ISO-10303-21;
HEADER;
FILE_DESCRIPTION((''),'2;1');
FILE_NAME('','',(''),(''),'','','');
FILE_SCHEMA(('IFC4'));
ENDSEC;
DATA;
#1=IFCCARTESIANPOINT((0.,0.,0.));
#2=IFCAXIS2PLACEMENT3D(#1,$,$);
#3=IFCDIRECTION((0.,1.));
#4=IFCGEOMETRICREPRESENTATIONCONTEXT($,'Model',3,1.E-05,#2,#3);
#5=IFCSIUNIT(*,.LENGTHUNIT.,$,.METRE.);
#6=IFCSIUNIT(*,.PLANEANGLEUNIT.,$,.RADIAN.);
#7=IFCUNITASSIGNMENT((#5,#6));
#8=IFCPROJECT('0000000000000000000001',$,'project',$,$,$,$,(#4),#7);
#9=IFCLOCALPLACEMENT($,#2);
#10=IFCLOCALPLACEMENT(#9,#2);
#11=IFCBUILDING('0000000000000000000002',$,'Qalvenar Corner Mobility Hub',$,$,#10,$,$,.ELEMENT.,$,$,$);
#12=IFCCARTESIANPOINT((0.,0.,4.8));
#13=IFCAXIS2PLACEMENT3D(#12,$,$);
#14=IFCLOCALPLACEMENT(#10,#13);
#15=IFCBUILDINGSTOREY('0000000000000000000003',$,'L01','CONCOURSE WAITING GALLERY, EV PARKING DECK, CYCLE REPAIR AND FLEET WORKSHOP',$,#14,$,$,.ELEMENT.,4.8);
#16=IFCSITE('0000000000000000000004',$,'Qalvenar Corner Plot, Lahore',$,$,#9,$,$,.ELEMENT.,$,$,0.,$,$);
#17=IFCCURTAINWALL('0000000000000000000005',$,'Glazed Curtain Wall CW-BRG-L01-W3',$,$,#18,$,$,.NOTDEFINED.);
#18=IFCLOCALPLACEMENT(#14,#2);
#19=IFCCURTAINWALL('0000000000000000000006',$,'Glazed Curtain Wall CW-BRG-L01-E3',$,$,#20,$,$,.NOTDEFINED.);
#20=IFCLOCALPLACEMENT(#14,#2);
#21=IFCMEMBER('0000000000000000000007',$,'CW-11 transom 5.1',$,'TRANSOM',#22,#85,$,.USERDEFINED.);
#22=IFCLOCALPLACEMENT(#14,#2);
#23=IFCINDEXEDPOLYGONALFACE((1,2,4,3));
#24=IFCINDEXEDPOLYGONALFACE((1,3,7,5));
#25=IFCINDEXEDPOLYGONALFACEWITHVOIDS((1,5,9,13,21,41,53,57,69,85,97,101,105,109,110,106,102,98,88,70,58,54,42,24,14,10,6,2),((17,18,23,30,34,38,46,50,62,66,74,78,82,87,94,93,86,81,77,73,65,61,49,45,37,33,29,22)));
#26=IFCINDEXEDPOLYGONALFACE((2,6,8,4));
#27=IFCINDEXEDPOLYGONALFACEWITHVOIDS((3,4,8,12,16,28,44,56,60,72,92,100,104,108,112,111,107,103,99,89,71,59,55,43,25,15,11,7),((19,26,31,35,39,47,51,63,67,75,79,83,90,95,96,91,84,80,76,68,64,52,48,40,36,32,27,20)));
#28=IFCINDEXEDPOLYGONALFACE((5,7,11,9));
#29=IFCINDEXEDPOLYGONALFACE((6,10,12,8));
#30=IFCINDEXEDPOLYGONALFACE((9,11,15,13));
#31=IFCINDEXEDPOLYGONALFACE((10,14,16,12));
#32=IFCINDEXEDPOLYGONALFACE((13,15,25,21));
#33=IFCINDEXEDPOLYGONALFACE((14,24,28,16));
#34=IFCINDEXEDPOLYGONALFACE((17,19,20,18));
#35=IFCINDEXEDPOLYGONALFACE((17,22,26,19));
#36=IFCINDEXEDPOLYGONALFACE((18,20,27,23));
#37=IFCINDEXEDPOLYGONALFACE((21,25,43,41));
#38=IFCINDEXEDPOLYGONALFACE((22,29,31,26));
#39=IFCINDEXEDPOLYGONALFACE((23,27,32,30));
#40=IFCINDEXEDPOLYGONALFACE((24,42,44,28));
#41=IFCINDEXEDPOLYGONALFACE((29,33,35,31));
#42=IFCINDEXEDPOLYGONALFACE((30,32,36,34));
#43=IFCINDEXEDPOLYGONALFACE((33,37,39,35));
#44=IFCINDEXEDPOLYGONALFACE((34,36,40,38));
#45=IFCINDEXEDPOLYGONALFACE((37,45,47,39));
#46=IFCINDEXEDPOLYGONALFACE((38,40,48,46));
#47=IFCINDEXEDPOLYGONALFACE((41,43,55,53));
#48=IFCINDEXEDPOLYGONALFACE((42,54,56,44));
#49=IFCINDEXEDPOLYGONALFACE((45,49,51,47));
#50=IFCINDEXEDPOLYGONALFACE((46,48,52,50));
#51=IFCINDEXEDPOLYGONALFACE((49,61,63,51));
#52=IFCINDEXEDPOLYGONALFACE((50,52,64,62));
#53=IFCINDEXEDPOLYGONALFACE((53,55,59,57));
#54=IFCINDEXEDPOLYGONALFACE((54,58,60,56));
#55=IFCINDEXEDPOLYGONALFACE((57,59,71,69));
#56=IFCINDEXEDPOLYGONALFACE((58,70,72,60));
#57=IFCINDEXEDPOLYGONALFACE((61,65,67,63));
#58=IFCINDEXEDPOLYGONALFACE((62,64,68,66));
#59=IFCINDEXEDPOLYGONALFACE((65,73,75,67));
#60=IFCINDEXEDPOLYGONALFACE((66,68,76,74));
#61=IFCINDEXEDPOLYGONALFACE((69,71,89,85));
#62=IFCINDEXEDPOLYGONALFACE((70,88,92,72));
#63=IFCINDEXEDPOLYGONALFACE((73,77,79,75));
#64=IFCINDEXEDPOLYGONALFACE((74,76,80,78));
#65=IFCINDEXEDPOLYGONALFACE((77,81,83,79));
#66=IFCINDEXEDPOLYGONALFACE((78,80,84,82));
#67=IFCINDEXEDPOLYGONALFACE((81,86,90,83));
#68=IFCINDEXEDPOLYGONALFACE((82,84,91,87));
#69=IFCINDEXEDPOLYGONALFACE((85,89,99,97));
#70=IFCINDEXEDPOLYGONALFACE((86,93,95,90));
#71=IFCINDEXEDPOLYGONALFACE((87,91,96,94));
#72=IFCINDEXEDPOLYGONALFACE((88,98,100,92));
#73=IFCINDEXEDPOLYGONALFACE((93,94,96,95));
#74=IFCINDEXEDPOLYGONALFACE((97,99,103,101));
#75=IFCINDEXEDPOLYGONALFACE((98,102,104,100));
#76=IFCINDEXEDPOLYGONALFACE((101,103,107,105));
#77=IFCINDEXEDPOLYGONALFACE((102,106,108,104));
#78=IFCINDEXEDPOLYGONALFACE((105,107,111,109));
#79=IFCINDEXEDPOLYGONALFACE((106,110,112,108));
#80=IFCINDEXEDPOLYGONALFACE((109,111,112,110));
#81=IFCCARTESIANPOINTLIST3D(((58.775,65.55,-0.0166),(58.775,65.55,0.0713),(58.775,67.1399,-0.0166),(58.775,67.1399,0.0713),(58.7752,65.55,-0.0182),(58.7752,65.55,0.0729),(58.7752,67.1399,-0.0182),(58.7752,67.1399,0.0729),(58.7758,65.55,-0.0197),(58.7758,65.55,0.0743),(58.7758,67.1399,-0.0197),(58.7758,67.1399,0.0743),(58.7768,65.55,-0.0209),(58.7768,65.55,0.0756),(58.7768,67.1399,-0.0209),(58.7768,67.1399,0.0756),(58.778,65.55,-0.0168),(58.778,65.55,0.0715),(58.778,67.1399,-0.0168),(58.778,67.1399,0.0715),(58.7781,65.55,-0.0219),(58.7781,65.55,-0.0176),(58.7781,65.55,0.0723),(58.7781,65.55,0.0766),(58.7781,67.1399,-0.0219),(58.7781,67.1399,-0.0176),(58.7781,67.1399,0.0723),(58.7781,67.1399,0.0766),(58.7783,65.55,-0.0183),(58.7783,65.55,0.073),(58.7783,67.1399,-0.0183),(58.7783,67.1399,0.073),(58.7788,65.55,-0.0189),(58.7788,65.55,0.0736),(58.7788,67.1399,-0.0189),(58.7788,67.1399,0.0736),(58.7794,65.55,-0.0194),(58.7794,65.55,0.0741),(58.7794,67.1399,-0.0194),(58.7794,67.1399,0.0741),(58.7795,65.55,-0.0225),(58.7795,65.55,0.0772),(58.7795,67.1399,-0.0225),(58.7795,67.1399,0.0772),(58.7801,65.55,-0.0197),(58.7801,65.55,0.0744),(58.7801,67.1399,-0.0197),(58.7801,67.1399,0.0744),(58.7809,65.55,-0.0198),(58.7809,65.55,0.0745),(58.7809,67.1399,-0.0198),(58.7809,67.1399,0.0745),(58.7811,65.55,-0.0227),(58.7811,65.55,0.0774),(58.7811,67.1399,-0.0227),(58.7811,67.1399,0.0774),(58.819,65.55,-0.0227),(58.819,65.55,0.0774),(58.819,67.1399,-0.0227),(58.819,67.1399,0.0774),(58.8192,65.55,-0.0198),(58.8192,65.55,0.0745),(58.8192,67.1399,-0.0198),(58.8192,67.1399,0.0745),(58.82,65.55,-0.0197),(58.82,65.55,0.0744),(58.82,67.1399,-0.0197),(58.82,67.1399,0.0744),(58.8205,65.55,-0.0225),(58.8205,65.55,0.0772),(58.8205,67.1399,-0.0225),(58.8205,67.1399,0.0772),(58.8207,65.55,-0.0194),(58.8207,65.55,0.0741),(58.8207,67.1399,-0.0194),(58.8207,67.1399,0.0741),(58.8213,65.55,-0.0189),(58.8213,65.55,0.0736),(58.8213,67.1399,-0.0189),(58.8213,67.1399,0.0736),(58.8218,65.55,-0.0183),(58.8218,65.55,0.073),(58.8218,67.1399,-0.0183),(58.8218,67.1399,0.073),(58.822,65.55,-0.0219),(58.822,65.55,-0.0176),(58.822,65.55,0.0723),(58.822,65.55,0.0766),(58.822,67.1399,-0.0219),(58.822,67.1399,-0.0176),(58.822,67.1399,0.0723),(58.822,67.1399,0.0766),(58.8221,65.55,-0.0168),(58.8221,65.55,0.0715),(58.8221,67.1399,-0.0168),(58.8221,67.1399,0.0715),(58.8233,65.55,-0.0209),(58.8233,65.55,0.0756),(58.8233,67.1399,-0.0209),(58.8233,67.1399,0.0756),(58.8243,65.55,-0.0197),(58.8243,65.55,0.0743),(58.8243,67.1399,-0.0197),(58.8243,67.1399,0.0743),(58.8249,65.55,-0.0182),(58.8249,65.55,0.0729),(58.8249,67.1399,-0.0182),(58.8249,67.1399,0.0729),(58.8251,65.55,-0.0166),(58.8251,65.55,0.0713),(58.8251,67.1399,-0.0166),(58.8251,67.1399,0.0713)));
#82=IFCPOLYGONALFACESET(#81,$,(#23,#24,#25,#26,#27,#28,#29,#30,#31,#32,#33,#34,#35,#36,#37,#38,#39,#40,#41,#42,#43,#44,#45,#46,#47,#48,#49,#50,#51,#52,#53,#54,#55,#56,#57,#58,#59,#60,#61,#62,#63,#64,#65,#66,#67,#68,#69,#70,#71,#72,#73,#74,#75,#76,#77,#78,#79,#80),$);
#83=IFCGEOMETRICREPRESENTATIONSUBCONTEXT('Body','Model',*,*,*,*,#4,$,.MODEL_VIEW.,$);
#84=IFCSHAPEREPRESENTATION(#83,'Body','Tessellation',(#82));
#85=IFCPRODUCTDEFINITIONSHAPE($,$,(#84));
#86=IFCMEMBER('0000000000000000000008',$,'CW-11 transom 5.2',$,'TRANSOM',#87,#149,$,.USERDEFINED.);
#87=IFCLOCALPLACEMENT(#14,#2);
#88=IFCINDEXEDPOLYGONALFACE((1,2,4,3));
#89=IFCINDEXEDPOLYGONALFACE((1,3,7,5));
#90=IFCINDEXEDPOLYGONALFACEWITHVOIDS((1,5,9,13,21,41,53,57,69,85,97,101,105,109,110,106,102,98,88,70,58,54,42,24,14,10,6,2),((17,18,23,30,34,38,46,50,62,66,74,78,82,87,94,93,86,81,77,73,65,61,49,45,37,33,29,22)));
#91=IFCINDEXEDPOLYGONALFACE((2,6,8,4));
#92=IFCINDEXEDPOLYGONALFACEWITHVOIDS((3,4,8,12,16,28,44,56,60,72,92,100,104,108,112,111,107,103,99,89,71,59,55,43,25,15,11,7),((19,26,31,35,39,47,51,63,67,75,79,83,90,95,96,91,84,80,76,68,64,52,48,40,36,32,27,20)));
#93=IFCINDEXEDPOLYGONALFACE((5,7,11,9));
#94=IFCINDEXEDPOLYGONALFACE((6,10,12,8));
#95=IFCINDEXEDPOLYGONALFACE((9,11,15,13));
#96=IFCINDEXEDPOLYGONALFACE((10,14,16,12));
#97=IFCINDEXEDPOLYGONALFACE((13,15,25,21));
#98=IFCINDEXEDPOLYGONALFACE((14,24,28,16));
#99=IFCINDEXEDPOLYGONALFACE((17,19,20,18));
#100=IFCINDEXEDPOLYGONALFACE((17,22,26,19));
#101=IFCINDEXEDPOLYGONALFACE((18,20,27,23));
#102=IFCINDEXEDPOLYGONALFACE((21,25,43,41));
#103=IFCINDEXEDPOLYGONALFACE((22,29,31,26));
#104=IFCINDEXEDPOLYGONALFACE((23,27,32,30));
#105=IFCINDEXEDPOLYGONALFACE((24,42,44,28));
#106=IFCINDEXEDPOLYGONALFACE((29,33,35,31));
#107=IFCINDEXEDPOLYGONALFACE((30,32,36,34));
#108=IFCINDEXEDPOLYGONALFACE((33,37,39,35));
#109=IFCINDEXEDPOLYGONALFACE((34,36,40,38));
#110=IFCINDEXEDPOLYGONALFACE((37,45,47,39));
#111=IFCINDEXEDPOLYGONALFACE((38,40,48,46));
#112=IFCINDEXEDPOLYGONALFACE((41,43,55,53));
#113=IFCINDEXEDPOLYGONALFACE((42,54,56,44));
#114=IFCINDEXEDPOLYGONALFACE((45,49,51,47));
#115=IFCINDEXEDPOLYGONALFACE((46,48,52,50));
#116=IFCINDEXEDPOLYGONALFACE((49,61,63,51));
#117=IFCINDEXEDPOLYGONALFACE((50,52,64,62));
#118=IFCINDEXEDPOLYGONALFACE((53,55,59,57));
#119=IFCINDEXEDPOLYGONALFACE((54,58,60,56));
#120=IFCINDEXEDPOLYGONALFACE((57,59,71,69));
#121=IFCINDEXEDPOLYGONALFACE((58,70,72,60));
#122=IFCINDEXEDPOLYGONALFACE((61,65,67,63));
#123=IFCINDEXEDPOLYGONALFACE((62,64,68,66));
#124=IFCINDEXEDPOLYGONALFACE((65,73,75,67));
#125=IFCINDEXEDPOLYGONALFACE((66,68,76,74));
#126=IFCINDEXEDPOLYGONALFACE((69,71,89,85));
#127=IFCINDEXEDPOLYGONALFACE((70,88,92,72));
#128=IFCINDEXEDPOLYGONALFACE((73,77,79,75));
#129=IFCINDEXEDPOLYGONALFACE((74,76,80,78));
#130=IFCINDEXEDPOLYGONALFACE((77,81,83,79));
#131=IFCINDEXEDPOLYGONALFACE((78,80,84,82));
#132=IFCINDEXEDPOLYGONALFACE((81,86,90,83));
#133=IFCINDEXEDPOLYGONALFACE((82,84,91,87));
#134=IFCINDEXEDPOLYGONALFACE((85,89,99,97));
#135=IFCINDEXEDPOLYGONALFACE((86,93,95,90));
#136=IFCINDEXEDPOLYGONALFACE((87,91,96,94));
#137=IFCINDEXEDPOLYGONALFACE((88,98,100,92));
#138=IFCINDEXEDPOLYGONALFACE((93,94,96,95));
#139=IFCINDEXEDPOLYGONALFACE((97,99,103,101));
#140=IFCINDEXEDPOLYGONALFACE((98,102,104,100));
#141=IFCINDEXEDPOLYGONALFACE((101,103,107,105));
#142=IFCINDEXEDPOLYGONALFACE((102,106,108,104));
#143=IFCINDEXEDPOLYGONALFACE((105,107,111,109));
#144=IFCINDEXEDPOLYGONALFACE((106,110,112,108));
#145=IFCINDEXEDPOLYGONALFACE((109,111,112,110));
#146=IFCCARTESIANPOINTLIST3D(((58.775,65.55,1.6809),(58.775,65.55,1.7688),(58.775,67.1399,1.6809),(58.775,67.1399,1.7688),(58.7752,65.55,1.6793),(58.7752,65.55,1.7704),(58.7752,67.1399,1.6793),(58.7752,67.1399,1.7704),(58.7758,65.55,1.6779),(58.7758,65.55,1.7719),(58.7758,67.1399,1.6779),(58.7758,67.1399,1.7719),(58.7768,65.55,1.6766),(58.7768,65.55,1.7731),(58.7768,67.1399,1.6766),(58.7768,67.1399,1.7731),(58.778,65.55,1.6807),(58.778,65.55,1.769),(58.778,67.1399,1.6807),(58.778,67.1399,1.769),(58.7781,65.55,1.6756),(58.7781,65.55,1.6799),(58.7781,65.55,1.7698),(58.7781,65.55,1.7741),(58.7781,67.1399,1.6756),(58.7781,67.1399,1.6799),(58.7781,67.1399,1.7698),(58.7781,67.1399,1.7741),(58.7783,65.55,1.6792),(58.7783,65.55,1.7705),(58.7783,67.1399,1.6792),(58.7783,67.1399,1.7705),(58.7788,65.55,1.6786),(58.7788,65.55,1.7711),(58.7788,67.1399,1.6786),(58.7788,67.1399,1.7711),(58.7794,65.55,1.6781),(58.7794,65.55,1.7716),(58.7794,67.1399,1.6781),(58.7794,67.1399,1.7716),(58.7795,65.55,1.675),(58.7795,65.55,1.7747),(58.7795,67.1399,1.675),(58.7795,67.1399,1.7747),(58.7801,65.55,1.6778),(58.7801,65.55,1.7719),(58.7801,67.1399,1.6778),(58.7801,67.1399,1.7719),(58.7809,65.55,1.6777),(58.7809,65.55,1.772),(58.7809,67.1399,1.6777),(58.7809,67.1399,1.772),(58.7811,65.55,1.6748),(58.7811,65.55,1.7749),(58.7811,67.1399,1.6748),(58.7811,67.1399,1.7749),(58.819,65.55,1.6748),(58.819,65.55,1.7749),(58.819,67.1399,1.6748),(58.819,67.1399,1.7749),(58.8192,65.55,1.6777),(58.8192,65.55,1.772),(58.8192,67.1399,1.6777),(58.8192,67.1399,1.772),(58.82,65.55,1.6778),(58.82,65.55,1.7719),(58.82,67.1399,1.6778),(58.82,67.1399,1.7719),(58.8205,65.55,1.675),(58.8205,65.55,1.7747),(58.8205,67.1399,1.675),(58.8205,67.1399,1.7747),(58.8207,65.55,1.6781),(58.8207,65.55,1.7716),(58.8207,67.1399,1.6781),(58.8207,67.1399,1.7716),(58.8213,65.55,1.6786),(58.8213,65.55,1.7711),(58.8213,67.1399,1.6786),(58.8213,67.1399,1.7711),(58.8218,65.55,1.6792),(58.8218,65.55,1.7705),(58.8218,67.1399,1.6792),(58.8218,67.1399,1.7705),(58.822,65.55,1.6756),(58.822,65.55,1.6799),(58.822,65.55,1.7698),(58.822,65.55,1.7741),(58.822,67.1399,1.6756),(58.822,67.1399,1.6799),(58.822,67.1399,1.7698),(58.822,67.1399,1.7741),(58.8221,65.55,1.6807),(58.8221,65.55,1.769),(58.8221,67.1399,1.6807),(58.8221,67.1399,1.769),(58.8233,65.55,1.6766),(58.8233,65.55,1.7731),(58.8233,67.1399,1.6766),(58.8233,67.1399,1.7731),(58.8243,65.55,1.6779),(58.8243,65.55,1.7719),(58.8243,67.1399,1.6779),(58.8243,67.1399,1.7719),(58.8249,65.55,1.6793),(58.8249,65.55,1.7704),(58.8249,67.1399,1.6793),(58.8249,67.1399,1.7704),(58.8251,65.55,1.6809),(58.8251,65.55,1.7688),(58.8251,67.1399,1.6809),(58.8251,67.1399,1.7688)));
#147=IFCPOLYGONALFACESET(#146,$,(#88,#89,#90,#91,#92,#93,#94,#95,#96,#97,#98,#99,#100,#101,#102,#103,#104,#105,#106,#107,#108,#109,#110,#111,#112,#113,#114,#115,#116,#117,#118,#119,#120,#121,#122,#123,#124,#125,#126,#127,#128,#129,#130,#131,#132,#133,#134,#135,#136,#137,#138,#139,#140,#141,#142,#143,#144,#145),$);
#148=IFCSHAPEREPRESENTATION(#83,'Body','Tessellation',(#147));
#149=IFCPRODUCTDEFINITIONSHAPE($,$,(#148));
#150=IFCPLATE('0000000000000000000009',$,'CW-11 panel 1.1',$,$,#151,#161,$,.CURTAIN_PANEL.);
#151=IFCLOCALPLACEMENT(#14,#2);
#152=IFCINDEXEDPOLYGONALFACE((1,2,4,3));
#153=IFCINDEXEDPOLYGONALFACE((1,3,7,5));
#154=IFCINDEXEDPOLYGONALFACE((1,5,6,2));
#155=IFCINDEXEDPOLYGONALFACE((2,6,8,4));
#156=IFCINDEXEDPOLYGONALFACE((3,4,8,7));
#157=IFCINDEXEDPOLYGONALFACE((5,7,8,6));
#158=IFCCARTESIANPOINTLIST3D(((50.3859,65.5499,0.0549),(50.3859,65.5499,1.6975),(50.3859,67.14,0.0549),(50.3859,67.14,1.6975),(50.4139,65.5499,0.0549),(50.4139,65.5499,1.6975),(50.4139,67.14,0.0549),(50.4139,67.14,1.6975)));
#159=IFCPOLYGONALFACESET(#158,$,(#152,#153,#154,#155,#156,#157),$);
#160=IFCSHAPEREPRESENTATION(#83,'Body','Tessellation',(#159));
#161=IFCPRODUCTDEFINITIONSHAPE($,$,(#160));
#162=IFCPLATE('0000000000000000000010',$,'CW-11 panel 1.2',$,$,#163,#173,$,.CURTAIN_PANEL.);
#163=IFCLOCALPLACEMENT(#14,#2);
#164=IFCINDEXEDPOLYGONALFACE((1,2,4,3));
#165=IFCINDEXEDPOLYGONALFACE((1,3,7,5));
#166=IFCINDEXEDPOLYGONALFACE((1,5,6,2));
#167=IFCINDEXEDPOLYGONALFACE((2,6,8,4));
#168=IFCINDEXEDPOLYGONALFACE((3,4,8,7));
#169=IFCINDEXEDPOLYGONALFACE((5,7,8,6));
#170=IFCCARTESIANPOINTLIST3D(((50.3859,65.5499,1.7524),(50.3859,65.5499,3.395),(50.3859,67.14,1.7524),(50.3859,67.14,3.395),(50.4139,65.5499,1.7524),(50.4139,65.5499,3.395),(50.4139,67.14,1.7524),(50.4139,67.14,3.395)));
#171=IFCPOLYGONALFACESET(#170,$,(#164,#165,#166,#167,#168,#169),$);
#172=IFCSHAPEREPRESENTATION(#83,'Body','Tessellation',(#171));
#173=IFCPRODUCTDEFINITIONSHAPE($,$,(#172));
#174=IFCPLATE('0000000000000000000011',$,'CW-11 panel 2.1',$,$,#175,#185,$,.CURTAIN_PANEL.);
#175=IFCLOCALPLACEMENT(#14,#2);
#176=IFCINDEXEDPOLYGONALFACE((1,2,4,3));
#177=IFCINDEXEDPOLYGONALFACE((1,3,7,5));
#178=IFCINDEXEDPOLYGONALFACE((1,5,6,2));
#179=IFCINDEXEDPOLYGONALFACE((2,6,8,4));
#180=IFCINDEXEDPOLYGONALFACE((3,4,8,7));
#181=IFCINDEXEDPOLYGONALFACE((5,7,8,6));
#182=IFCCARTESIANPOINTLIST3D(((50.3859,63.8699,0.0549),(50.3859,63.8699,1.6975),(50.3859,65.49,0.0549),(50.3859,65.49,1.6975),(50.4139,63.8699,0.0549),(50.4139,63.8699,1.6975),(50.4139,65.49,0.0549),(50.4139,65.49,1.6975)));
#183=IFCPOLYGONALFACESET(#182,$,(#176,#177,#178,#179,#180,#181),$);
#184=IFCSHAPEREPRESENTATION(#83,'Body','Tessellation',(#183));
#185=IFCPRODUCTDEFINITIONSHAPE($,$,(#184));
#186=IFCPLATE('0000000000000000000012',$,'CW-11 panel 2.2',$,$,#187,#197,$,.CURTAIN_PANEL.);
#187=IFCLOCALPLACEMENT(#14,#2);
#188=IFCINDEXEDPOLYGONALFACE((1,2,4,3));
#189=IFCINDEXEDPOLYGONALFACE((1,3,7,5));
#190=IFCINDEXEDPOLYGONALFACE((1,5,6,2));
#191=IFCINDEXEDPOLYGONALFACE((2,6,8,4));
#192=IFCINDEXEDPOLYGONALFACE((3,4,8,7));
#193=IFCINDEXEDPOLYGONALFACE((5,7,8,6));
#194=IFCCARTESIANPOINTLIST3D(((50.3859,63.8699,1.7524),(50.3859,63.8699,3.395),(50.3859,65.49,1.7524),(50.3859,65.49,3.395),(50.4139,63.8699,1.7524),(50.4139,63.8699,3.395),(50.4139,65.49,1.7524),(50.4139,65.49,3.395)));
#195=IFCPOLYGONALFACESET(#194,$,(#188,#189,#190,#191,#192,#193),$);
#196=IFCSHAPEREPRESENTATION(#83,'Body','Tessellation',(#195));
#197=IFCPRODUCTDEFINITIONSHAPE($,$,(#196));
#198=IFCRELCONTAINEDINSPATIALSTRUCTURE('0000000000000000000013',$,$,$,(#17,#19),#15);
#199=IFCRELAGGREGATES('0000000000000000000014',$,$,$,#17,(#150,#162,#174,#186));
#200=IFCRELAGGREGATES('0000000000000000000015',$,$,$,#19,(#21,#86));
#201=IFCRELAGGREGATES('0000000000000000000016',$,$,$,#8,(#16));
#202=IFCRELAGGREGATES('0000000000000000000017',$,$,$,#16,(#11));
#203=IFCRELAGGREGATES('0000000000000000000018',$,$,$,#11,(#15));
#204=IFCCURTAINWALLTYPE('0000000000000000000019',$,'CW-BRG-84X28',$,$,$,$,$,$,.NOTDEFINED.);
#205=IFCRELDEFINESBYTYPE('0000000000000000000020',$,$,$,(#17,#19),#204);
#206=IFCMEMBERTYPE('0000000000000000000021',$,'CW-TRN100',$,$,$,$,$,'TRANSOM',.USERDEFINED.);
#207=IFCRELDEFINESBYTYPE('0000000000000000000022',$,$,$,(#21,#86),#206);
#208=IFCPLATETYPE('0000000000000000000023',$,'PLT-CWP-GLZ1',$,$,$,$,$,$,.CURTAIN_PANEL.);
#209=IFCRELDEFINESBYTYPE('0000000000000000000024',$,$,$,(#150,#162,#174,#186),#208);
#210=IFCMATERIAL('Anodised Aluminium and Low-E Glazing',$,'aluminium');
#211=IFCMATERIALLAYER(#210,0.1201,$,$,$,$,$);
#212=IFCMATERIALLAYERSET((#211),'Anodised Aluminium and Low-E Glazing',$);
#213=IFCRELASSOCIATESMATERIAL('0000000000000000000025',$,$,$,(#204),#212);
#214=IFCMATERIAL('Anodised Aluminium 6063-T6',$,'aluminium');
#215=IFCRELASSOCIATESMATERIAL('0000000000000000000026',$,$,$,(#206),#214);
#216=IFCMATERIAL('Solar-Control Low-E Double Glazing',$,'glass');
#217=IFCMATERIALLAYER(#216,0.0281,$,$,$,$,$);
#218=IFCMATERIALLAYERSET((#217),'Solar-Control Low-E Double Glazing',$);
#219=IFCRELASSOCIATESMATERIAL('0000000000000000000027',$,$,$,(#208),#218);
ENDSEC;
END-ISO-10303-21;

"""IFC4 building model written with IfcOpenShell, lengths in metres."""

from ifc_helpers import new_model, si_unit, direction, frame, origin, origin_2d, place, context, subcontext, project, spatial, rectangle, hollow_rectangle, extrude, material, layer, layer_set, material_profile, profile_set, type_object, element, aggregate, save


model = new_model("IFC4")

# Units and contexts
model_context = context("Model", 3, precision=1e-05, world=origin(), true_north=direction((0.0, 1.0)))
body_context = subcontext(model_context, "Body", "Model", "MODEL_VIEW")
ifc_project = project(units=[si_unit("LENGTHUNIT", "METRE"), si_unit("PLANEANGLEUNIT", "RADIAN")], contexts=[model_context])

# Site, building, storey
site_placement = place(None, origin())
site = spatial("IfcSite", under=ifc_project, at=site_placement, Name="Qalvenar Corner Plot, Lahore", CompositionType="ELEMENT", RefElevation=0.0)
building_placement = place(site_placement, origin())
building = spatial("IfcBuilding", under=site, at=building_placement, Name="Qalvenar Corner Mobility Hub", CompositionType="ELEMENT")
storey_placement = place(building_placement, frame((0.0, 0.0, 4.8)))
storey = spatial("IfcBuildingStorey", under=building, at=storey_placement, Name="L01", Description="CONCOURSE WAITING GALLERY, EV PARKING DECK, CYCLE REPAIR AND FLEET WORKSHOP", CompositionType="ELEMENT", Elevation=4.8)

# Curtain wall
ifc_material_1 = material(Name="Anodised Aluminium and Low-E Glazing", Category="aluminium")
ifc_layer_1 = layer(ifc_material_1, 0.1201)
ifc_layer_set_1 = layer_set([ifc_layer_1], Name="Anodised Aluminium and Low-E Glazing")
curtain_wall_type = type_object("IfcCurtainWallType", Name="CW-BRG-84X28", PredefinedType="NOTDEFINED", material=ifc_layer_set_1)
curtain_wall_1_placement = place(storey_placement, origin())
curtain_wall_1 = element("IfcCurtainWall", 1, at=curtain_wall_1_placement, inside=storey, type_object=curtain_wall_type, Name="Glazed Curtain Wall CW-BRG-L01-W3", PredefinedType="NOTDEFINED")
ifc_material_2 = material(Name="Anodised Aluminium 6063-T6", Category="aluminium")

# Curtain wall
curtain_wall_2_placement = place(storey_placement, origin())
curtain_wall_2 = element("IfcCurtainWall", 2, at=curtain_wall_2_placement, inside=storey, type_object=curtain_wall_type, Name="Glazed Curtain Wall CW-BRG-L01-E3", PredefinedType="NOTDEFINED")

# Members
ifc_material_profile_1 = material_profile(ifc_material_2, hollow_rectangle(XDim=0.05, YDim=0.1001, WallThickness=0.0029, InnerFilletRadius=0.0029, OuterFilletRadius=0.0061, at=origin_2d()), Name="RHS100x50x3")
ifc_profile_set_1 = profile_set([ifc_material_profile_1], Name="Anodised Aluminium 6063-T6")
member_type_1 = type_object("IfcMemberType", Name="CW-TRN100", ElementType="TRANSOM", PredefinedType="USERDEFINED", material=ifc_profile_set_1)
member_1_placement = place(storey_placement, frame((58.8, 65.55, 0.0273), z_axis=(0.0, 1.0, 0.0), x_axis=(-1.0, 0.0, 0.0)))
member_1 = element("IfcMember", 3, at=member_1_placement, type_object=member_type_1, Name="CW-11 transom 5.1", ObjectType="TRANSOM", PredefinedType="USERDEFINED", context=body_context, shape_type="SweptSolid", body=[
    extrude(hollow_rectangle(XDim=0.05, YDim=0.1001, WallThickness=0.0029, InnerFilletRadius=0.0029, OuterFilletRadius=0.0061, at=origin_2d()), origin(), (0.0, 0.0, 1.0), 1.5898),
])
member_2_placement = place(storey_placement, frame((58.8, 65.55, 1.7249), z_axis=(0.0, 1.0, 0.0), x_axis=(-1.0, 0.0, 0.0)))
member_2 = element("IfcMember", 4, at=member_2_placement, type_object=member_type_1, Name="CW-11 transom 5.2", ObjectType="TRANSOM", PredefinedType="USERDEFINED", context=body_context, shape_type="SweptSolid", body=[
    extrude(hollow_rectangle(XDim=0.05, YDim=0.1001, WallThickness=0.0029, InnerFilletRadius=0.0029, OuterFilletRadius=0.0061, at=origin_2d()), origin(), (0.0, 0.0, 1.0), 1.5898),
])

# Plates
ifc_material_3 = material(Name="Solar-Control Low-E Double Glazing", Category="glass")
ifc_layer_2 = layer(ifc_material_3, 0.0281)
ifc_layer_set_2 = layer_set([ifc_layer_2], Name="Solar-Control Low-E Double Glazing")
plate_type_1 = type_object("IfcPlateType", Name="PLT-CWP-GLZ1", PredefinedType="CURTAIN_PANEL", material=ifc_layer_set_2)
plate_1_placement = place(storey_placement, frame((50.3999, 66.345, 0.0549), z_axis=(0.0, 0.0, 1.0), x_axis=(0.0, -1.0, 0.0)))
plate_1 = element("IfcPlate", 5, at=plate_1_placement, type_object=plate_type_1, Name="CW-11 panel 1.1", PredefinedType="CURTAIN_PANEL", context=body_context, shape_type="SweptSolid", body=[
    extrude(rectangle(XDim=1.5901, YDim=0.0281, at=origin_2d()), origin(), (0.0, 0.0, 1.0), 1.6426),
])
plate_2_placement = place(storey_placement, frame((50.3999, 66.345, 1.7524), z_axis=(0.0, 0.0, 1.0), x_axis=(0.0, -1.0, 0.0)))
plate_2 = element("IfcPlate", 6, at=plate_2_placement, type_object=plate_type_1, Name="CW-11 panel 1.2", PredefinedType="CURTAIN_PANEL", context=body_context, shape_type="SweptSolid", body=[
    extrude(rectangle(XDim=1.5901, YDim=0.0281, at=origin_2d()), origin(), (0.0, 0.0, 1.0), 1.6426),
])
plate_3_placement = place(storey_placement, frame((50.3999, 64.6799, 0.0549), z_axis=(0.0, 0.0, 1.0), x_axis=(0.0, -1.0, 0.0)))
plate_3 = element("IfcPlate", 7, at=plate_3_placement, type_object=plate_type_1, Name="CW-11 panel 2.1", PredefinedType="CURTAIN_PANEL", context=body_context, shape_type="SweptSolid", body=[
    extrude(rectangle(XDim=1.6201, YDim=0.0281, at=origin_2d()), origin(), (0.0, 0.0, 1.0), 1.6426),
])
plate_4_placement = place(storey_placement, frame((50.3999, 64.6799, 1.7524), z_axis=(0.0, 0.0, 1.0), x_axis=(0.0, -1.0, 0.0)))
plate_4 = element("IfcPlate", 8, at=plate_4_placement, type_object=plate_type_1, Name="CW-11 panel 2.2", PredefinedType="CURTAIN_PANEL", context=body_context, shape_type="SweptSolid", body=[
    extrude(rectangle(XDim=1.6201, YDim=0.0281, at=origin_2d()), origin(), (0.0, 0.0, 1.0), 1.6426),
])
aggregate(curtain_wall_1, [plate_1, plate_2, plate_3, plate_4])
aggregate(curtain_wall_2, [member_1, member_2])

save(model, "model.ifc")
